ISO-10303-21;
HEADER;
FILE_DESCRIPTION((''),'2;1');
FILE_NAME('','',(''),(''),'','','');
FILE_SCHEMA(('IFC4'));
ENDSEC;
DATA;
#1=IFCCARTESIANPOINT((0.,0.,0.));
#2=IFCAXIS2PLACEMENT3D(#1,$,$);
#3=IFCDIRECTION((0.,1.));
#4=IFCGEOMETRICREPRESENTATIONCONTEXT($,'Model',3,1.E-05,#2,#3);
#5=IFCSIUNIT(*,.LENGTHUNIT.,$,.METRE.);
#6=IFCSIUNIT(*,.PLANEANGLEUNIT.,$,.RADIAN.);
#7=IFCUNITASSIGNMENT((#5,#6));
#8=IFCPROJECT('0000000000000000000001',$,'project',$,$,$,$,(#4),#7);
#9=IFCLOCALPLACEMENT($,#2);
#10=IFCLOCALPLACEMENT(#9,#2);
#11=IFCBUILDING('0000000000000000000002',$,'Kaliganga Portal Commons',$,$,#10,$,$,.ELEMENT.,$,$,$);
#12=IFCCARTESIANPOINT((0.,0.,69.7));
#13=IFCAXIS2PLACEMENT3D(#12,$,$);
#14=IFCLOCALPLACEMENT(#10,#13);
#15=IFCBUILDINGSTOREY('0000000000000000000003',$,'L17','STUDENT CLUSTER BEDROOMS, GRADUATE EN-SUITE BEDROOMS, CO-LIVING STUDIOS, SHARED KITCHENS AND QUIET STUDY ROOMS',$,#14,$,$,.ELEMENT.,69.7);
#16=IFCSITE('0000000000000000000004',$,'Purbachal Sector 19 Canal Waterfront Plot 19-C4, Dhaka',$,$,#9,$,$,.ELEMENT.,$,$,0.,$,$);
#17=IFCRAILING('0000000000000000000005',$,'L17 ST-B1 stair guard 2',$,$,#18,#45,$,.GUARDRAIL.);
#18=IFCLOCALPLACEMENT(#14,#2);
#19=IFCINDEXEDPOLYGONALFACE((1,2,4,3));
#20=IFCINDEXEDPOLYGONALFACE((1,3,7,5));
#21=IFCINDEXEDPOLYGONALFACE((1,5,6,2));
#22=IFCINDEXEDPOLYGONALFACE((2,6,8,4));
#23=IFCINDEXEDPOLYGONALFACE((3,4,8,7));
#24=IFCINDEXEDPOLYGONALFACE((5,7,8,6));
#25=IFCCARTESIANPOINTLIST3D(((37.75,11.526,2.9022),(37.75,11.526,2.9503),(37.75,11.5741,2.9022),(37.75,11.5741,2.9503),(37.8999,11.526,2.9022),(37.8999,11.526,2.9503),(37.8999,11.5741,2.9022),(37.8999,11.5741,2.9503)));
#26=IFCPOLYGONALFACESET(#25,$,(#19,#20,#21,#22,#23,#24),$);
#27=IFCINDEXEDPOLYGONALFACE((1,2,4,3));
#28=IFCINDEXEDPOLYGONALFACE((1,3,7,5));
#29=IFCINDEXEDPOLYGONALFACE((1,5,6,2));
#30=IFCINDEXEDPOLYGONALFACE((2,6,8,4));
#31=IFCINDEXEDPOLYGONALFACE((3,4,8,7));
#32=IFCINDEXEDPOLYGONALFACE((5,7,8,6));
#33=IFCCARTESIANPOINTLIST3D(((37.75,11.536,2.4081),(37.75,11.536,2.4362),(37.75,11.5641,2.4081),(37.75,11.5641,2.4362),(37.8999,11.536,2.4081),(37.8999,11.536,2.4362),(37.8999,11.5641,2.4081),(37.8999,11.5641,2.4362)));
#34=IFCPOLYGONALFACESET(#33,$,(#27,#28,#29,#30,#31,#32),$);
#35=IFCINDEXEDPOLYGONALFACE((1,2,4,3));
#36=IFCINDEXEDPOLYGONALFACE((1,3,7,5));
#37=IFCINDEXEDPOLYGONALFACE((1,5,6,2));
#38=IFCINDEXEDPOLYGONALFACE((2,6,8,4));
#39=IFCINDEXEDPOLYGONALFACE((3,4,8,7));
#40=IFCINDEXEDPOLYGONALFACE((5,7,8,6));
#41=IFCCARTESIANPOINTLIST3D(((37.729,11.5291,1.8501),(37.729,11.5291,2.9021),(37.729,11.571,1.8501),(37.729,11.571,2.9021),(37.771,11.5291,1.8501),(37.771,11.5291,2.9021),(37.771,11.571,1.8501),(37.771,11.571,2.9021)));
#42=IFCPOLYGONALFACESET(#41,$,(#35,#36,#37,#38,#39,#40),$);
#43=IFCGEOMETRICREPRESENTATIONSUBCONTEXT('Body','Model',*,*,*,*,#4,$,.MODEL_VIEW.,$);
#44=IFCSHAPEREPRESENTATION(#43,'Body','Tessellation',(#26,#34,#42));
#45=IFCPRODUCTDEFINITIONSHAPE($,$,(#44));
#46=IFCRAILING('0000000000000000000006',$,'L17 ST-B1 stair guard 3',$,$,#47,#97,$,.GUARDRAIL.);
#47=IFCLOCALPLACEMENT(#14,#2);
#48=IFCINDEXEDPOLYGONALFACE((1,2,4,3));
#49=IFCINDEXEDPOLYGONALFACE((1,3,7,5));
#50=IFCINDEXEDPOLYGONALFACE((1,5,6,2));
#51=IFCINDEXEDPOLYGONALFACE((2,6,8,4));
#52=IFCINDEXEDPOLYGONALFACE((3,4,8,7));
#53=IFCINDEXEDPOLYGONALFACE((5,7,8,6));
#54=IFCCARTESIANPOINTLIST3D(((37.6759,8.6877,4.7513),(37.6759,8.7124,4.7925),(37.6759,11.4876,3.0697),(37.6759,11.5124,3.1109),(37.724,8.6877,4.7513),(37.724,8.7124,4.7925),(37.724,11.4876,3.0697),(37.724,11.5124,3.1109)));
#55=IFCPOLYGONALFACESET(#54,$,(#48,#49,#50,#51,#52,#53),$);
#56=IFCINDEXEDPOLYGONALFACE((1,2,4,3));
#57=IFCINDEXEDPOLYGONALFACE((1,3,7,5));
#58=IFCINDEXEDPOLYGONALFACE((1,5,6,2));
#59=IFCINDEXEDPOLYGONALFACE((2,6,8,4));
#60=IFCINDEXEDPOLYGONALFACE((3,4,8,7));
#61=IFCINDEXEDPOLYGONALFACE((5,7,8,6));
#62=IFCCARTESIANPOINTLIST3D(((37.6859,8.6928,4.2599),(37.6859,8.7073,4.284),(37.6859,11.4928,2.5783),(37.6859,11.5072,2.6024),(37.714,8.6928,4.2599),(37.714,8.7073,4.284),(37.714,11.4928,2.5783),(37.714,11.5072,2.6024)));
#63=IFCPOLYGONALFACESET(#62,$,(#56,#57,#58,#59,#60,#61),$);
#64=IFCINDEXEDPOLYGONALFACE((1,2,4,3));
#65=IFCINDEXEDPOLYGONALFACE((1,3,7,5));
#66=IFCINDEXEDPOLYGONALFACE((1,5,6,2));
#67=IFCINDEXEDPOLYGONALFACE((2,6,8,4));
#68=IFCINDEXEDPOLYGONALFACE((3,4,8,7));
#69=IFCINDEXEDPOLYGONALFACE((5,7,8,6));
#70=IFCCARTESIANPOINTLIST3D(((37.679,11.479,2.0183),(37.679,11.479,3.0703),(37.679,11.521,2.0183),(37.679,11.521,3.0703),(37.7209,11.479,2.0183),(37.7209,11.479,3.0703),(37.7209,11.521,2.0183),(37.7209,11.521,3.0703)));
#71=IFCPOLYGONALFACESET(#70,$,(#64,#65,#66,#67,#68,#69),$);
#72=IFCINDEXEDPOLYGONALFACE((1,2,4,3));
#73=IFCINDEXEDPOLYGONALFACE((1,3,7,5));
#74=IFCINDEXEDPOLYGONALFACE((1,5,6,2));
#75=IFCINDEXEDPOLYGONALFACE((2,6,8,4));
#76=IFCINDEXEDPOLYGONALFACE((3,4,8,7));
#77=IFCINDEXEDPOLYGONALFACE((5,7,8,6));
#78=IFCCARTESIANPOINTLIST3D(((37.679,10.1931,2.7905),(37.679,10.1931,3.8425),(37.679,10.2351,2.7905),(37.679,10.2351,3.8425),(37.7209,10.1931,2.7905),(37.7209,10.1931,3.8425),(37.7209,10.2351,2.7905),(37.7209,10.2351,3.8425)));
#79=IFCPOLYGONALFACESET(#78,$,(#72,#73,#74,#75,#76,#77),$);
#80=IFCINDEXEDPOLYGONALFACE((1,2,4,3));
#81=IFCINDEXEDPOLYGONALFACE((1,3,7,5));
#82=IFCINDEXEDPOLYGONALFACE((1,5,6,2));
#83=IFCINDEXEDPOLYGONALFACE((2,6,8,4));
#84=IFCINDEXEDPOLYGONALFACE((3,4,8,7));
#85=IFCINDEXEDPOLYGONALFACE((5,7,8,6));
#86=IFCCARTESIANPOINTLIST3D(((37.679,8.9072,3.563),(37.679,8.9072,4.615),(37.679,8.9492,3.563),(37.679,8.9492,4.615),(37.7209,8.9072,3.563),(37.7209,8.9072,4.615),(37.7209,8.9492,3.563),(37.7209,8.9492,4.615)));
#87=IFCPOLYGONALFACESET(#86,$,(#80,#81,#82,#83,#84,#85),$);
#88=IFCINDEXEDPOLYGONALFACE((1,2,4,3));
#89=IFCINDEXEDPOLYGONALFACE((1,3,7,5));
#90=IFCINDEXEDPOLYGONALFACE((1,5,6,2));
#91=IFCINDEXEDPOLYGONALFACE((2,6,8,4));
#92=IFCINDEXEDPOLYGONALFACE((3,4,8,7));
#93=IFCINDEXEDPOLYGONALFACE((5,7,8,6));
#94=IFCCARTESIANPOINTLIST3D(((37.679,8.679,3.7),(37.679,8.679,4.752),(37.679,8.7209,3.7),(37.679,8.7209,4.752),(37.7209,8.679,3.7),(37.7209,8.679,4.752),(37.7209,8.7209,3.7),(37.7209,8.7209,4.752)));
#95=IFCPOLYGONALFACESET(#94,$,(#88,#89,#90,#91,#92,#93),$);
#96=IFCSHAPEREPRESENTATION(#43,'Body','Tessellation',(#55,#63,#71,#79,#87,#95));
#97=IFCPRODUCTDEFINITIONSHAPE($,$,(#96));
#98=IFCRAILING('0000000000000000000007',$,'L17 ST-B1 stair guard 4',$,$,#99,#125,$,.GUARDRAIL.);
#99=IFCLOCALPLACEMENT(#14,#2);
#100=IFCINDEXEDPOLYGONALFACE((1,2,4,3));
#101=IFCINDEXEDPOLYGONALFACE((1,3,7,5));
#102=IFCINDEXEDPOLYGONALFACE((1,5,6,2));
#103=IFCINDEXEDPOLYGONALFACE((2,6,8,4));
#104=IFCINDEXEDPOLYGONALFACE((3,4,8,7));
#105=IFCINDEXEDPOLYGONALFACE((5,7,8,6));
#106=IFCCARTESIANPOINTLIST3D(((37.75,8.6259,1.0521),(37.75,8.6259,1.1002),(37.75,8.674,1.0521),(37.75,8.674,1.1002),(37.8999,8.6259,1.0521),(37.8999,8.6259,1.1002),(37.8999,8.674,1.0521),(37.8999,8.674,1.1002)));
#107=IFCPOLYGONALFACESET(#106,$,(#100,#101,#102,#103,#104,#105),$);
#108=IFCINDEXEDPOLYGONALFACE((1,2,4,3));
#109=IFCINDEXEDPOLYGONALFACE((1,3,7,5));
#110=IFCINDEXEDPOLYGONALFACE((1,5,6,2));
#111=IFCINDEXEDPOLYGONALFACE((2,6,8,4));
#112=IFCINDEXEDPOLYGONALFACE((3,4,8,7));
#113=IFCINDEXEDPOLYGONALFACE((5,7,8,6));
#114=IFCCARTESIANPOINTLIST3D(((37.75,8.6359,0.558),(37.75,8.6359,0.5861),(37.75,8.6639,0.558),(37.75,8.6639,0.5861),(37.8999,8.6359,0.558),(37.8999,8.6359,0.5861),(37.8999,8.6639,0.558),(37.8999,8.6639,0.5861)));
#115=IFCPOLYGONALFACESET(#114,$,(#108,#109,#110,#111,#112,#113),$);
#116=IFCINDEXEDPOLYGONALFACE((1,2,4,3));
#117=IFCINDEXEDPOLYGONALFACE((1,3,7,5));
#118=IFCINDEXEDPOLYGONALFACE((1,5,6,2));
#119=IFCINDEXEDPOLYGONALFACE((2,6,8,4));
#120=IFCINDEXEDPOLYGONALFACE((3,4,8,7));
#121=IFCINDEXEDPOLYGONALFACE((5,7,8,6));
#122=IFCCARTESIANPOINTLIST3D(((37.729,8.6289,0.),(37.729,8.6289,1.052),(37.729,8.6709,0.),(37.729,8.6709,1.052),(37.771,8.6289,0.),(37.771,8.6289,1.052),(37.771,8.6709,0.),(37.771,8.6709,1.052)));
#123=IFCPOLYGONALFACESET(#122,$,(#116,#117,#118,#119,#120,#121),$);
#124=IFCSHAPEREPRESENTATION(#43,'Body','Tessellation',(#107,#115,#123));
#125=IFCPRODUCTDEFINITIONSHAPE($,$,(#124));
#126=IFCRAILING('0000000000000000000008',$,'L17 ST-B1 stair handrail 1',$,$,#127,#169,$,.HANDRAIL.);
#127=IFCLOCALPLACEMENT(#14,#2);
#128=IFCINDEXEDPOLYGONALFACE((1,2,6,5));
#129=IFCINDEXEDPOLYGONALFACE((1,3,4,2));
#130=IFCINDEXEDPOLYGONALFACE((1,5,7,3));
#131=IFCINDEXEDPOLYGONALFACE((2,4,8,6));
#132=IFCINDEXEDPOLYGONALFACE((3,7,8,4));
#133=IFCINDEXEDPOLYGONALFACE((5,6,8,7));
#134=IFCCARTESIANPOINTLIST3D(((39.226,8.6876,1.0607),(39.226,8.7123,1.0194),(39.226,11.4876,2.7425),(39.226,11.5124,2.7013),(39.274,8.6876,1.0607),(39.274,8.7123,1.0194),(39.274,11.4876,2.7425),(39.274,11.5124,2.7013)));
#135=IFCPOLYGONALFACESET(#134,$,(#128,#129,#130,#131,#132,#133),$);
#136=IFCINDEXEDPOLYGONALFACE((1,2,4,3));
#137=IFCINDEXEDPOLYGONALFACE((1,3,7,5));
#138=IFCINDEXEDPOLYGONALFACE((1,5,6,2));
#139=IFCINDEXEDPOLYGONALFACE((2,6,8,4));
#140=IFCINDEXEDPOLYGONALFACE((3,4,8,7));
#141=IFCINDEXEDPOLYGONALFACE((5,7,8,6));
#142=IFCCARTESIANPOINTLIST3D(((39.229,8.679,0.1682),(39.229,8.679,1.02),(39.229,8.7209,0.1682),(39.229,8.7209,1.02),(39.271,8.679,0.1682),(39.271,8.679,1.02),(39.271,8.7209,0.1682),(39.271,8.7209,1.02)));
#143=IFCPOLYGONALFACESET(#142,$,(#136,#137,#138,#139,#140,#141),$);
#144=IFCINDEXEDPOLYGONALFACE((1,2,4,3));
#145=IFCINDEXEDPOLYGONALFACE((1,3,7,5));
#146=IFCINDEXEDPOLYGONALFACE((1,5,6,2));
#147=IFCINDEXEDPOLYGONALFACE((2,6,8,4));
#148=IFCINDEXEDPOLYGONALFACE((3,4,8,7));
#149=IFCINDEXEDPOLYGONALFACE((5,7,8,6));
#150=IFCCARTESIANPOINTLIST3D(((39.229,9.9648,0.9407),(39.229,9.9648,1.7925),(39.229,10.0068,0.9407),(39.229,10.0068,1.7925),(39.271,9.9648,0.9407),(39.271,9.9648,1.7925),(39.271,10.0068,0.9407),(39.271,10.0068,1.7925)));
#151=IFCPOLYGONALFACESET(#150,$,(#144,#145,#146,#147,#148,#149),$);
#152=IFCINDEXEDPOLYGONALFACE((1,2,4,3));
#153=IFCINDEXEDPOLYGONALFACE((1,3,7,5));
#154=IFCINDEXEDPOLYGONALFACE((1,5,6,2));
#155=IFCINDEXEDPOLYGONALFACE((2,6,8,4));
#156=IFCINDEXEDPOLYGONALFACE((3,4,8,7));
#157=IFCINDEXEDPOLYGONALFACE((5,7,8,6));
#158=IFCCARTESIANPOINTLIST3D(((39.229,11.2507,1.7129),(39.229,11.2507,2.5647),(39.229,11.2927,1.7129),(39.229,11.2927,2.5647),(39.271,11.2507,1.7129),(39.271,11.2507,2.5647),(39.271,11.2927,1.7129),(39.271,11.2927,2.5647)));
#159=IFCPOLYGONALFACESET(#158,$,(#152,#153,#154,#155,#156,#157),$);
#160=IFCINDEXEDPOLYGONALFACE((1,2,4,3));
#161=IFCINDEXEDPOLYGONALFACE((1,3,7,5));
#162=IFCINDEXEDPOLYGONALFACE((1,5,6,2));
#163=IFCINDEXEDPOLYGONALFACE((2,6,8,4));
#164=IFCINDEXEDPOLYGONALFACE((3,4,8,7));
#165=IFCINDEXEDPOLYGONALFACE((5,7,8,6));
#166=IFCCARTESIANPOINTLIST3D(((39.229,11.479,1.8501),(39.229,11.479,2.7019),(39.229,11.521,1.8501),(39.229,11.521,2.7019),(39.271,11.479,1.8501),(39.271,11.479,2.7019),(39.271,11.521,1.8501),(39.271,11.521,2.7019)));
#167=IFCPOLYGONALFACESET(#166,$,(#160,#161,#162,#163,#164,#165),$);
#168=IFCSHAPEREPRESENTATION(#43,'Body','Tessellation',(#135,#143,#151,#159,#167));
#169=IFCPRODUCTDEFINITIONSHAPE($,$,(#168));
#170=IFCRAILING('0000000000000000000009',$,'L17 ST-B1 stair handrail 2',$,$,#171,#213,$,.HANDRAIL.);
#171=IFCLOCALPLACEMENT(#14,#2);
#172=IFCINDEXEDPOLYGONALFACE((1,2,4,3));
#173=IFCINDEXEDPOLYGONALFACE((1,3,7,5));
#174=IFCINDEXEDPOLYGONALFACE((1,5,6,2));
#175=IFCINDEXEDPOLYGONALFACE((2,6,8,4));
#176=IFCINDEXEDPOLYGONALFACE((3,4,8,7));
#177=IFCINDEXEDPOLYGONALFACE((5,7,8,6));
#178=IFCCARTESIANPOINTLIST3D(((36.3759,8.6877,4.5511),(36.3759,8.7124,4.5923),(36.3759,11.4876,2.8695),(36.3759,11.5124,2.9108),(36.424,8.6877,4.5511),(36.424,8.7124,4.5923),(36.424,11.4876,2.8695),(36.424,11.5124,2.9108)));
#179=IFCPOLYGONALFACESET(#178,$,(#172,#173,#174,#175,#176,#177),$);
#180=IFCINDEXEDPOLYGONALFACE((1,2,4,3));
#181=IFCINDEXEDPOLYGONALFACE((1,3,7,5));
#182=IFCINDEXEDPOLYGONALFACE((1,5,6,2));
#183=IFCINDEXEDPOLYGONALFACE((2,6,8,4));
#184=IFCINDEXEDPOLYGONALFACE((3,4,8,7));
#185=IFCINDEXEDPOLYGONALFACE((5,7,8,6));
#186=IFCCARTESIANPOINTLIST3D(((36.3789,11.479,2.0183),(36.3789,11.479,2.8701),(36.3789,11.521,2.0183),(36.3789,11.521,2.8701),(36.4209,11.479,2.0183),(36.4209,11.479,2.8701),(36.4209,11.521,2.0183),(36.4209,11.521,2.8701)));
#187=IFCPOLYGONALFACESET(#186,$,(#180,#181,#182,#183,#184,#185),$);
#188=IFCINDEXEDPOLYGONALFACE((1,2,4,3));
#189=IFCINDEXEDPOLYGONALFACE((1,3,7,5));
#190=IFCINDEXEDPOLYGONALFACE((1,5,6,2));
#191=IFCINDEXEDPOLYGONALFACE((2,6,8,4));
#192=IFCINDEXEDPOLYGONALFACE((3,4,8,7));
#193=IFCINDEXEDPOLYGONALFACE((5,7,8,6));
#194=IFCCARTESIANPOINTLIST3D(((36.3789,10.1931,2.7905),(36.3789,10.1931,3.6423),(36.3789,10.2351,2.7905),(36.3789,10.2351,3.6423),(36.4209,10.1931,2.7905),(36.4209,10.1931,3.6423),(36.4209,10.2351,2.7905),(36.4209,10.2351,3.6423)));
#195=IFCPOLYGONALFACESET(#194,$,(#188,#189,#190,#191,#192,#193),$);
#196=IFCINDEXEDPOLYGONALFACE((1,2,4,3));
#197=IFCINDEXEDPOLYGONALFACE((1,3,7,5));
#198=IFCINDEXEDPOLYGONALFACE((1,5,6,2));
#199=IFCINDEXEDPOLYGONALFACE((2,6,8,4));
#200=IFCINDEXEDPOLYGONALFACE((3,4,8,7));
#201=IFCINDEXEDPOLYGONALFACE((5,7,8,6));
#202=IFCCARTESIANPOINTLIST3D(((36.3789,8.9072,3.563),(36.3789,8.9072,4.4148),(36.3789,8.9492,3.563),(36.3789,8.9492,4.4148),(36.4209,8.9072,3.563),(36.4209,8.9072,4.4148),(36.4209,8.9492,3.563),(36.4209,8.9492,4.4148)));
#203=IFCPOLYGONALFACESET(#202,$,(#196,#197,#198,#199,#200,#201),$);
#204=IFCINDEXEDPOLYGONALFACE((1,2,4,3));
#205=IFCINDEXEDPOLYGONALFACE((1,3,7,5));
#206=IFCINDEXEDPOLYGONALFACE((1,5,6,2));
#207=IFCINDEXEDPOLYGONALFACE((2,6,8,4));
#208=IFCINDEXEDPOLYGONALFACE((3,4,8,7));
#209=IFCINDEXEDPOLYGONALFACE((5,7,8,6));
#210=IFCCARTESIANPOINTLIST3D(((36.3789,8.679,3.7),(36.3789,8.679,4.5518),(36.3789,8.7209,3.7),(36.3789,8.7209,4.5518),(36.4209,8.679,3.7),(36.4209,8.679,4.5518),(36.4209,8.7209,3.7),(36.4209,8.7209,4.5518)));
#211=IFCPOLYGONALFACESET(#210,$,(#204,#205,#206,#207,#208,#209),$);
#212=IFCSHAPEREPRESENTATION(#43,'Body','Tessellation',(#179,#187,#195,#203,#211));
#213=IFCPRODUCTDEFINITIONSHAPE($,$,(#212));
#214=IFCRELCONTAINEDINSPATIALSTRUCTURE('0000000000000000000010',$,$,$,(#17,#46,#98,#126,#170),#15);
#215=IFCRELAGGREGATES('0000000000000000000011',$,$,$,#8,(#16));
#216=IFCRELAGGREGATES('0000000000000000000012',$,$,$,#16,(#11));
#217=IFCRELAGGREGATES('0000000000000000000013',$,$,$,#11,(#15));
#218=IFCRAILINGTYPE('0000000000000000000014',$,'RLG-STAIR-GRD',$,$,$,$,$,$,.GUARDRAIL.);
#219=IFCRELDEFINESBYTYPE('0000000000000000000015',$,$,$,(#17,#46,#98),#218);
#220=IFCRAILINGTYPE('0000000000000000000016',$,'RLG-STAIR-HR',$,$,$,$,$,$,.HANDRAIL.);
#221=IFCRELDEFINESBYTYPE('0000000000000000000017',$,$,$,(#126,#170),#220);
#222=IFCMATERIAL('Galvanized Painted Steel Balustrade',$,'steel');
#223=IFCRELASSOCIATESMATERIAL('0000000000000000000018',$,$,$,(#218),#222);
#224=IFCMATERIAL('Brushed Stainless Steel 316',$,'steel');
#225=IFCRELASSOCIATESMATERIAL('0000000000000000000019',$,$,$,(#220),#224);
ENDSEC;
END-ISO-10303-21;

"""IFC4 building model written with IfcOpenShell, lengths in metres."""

from ifc_helpers import new_model, si_unit, direction, frame, origin, origin_2d, place, context, subcontext, project, spatial, rectangle, extrude, material, type_object, element, save


model = new_model("IFC4")

# Units and contexts
model_context = context("Model", 3, precision=1e-05, world=origin(), true_north=direction((0.0, 1.0)))
body_context = subcontext(model_context, "Body", "Model", "MODEL_VIEW")
ifc_project = project(units=[si_unit("LENGTHUNIT", "METRE"), si_unit("PLANEANGLEUNIT", "RADIAN")], contexts=[model_context])

# Site, building, storey
site_placement = place(None, origin())
site = spatial("IfcSite", under=ifc_project, at=site_placement, Name="Purbachal Sector 19 Canal Waterfront Plot 19-C4, Dhaka", CompositionType="ELEMENT", RefElevation=0.0)
building_placement = place(site_placement, origin())
building = spatial("IfcBuilding", under=site, at=building_placement, Name="Kaliganga Portal Commons", CompositionType="ELEMENT")
storey_placement = place(building_placement, frame((0.0, 0.0, 69.7)))
storey = spatial("IfcBuildingStorey", under=building, at=storey_placement, Name="L17", Description="STUDENT CLUSTER BEDROOMS, GRADUATE EN-SUITE BEDROOMS, CO-LIVING STUDIOS, SHARED KITCHENS AND QUIET STUDY ROOMS", CompositionType="ELEMENT", Elevation=69.7)

# Railings
ifc_material_1 = material(Name="Galvanized Painted Steel Balustrade", Category="steel")
railing_type_1 = type_object("IfcRailingType", Name="RLG-STAIR-GRD", PredefinedType="GUARDRAIL", material=ifc_material_1)
railing_1_placement = place(storey_placement, frame((37.8999, 11.55, 1.8501)))
element("IfcRailing", 1, at=railing_1_placement, inside=storey, type_object=railing_type_1, Name="L17 ST-B1 stair guard 2", PredefinedType="GUARDRAIL", context=body_context, shape_type="SweptSolid", body=[
    extrude(rectangle(XDim=0.0481, YDim=0.0481, at=origin_2d()), frame((0.0, 0.0, 1.0762), z_axis=(-1.0, 0.0, 0.0), x_axis=(0.0, -1.0, 0.0)), (0.0, 0.0, 1.0), 0.1499),
    extrude(rectangle(XDim=0.0281, YDim=0.0281, at=origin_2d()), frame((0.0, 0.0, 0.572), z_axis=(-1.0, 0.0, 0.0), x_axis=(0.0, -1.0, 0.0)), (0.0, 0.0, 1.0), 0.1499),
    extrude(rectangle(XDim=0.042, YDim=0.042, at=origin_2d()), frame((-0.1499, 0.0, 0.0)), (0.0, 0.0, 1.0), 1.052),
])
railing_2_placement = place(storey_placement, frame((37.7, 11.5, 2.0183)))
element("IfcRailing", 2, at=railing_2_placement, inside=storey, type_object=railing_type_1, Name="L17 ST-B1 stair guard 3", PredefinedType="GUARDRAIL", context=body_context, shape_type="SweptSolid", body=[
    extrude(rectangle(XDim=0.0481, YDim=0.0481, at=origin_2d()), frame((0.0, 0.0, 1.072), z_axis=(0.0, -0.857275, 0.514858), x_axis=(1.0, 0.0, 0.0)), (0.0, 0.0, 1.0), 3.2661),
    extrude(rectangle(XDim=0.0281, YDim=0.0281, at=origin_2d()), frame((0.0, 0.0, 0.572), z_axis=(0.0, -0.857275, 0.514858), x_axis=(1.0, 0.0, 0.0)), (0.0, 0.0, 1.0), 3.2661),
    extrude(rectangle(XDim=0.042, YDim=0.042, at=origin_2d()), origin(), (0.0, 0.0, 1.0), 1.052),
    extrude(rectangle(XDim=0.042, YDim=0.042, at=origin_2d()), frame((0.0, -1.2859, 0.7722)), (0.0, 0.0, 1.0), 1.052),
    extrude(rectangle(XDim=0.042, YDim=0.042, at=origin_2d()), frame((0.0, -2.5718, 1.5447)), (0.0, 0.0, 1.0), 1.052),
    extrude(rectangle(XDim=0.042, YDim=0.042, at=origin_2d()), frame((0.0, -2.8, 1.6816)), (0.0, 0.0, 1.0), 1.052),
])
railing_3_placement = place(storey_placement, frame((37.8999, 8.6499, 0.0)))
element("IfcRailing", 3, at=railing_3_placement, inside=storey, type_object=railing_type_1, Name="L17 ST-B1 stair guard 4", PredefinedType="GUARDRAIL", context=body_context, shape_type="SweptSolid", body=[
    extrude(rectangle(XDim=0.0481, YDim=0.0481, at=origin_2d()), frame((0.0, 0.0, 1.0762), z_axis=(-1.0, 0.0, 0.0), x_axis=(0.0, -1.0, 0.0)), (0.0, 0.0, 1.0), 0.1499),
    extrude(rectangle(XDim=0.0281, YDim=0.0281, at=origin_2d()), frame((0.0, 0.0, 0.572), z_axis=(-1.0, 0.0, 0.0), x_axis=(0.0, -1.0, 0.0)), (0.0, 0.0, 1.0), 0.1499),
    extrude(rectangle(XDim=0.042, YDim=0.042, at=origin_2d()), frame((-0.1499, 0.0, 0.0)), (0.0, 0.0, 1.0), 1.052),
])
ifc_material_2 = material(Name="Brushed Stainless Steel 316", Category="steel")
railing_type_2 = type_object("IfcRailingType", Name="RLG-STAIR-HR", PredefinedType="HANDRAIL", material=ifc_material_2)
railing_4_placement = place(storey_placement, frame((39.25, 8.7, 0.1682)))
element("IfcRailing", 4, at=railing_4_placement, inside=storey, type_object=railing_type_2, Name="L17 ST-B1 stair handrail 1", PredefinedType="HANDRAIL", context=body_context, shape_type="SweptSolid", body=[
    extrude(rectangle(XDim=0.0481, YDim=0.0481, at=origin_2d()), frame((0.0, 0.0, 0.8718), z_axis=(0.0, 0.857242, 0.514913), x_axis=(-1.0, 0.0, 0.0)), (0.0, 0.0, 1.0), 3.2664),
    extrude(rectangle(XDim=0.042, YDim=0.042, at=origin_2d()), origin(), (0.0, 0.0, 1.0), 0.8518),
    extrude(rectangle(XDim=0.042, YDim=0.042, at=origin_2d()), frame((0.0, 1.2859, 0.7725)), (0.0, 0.0, 1.0), 0.8518),
    extrude(rectangle(XDim=0.042, YDim=0.042, at=origin_2d()), frame((0.0, 2.5718, 1.5447)), (0.0, 0.0, 1.0), 0.8518),
    extrude(rectangle(XDim=0.042, YDim=0.042, at=origin_2d()), frame((0.0, 2.8, 1.6819)), (0.0, 0.0, 1.0), 0.8518),
])
railing_5_placement = place(storey_placement, frame((36.3999, 11.5, 2.0183)))
element("IfcRailing", 5, at=railing_5_placement, inside=storey, type_object=railing_type_2, Name="L17 ST-B1 stair handrail 2", PredefinedType="HANDRAIL", context=body_context, shape_type="SweptSolid", body=[
    extrude(rectangle(XDim=0.0481, YDim=0.0481, at=origin_2d()), frame((0.0, 0.0, 0.8718), z_axis=(0.0, -0.857275, 0.514858), x_axis=(1.0, 0.0, 0.0)), (0.0, 0.0, 1.0), 3.2661),
    extrude(rectangle(XDim=0.042, YDim=0.042, at=origin_2d()), origin(), (0.0, 0.0, 1.0), 0.8518),
    extrude(rectangle(XDim=0.042, YDim=0.042, at=origin_2d()), frame((0.0, -1.2859, 0.7722)), (0.0, 0.0, 1.0), 0.8518),
    extrude(rectangle(XDim=0.042, YDim=0.042, at=origin_2d()), frame((0.0, -2.5718, 1.5447)), (0.0, 0.0, 1.0), 0.8518),
    extrude(rectangle(XDim=0.042, YDim=0.042, at=origin_2d()), frame((0.0, -2.8, 1.6816)), (0.0, 0.0, 1.0), 0.8518),
])

save(model, "model.ifc")
